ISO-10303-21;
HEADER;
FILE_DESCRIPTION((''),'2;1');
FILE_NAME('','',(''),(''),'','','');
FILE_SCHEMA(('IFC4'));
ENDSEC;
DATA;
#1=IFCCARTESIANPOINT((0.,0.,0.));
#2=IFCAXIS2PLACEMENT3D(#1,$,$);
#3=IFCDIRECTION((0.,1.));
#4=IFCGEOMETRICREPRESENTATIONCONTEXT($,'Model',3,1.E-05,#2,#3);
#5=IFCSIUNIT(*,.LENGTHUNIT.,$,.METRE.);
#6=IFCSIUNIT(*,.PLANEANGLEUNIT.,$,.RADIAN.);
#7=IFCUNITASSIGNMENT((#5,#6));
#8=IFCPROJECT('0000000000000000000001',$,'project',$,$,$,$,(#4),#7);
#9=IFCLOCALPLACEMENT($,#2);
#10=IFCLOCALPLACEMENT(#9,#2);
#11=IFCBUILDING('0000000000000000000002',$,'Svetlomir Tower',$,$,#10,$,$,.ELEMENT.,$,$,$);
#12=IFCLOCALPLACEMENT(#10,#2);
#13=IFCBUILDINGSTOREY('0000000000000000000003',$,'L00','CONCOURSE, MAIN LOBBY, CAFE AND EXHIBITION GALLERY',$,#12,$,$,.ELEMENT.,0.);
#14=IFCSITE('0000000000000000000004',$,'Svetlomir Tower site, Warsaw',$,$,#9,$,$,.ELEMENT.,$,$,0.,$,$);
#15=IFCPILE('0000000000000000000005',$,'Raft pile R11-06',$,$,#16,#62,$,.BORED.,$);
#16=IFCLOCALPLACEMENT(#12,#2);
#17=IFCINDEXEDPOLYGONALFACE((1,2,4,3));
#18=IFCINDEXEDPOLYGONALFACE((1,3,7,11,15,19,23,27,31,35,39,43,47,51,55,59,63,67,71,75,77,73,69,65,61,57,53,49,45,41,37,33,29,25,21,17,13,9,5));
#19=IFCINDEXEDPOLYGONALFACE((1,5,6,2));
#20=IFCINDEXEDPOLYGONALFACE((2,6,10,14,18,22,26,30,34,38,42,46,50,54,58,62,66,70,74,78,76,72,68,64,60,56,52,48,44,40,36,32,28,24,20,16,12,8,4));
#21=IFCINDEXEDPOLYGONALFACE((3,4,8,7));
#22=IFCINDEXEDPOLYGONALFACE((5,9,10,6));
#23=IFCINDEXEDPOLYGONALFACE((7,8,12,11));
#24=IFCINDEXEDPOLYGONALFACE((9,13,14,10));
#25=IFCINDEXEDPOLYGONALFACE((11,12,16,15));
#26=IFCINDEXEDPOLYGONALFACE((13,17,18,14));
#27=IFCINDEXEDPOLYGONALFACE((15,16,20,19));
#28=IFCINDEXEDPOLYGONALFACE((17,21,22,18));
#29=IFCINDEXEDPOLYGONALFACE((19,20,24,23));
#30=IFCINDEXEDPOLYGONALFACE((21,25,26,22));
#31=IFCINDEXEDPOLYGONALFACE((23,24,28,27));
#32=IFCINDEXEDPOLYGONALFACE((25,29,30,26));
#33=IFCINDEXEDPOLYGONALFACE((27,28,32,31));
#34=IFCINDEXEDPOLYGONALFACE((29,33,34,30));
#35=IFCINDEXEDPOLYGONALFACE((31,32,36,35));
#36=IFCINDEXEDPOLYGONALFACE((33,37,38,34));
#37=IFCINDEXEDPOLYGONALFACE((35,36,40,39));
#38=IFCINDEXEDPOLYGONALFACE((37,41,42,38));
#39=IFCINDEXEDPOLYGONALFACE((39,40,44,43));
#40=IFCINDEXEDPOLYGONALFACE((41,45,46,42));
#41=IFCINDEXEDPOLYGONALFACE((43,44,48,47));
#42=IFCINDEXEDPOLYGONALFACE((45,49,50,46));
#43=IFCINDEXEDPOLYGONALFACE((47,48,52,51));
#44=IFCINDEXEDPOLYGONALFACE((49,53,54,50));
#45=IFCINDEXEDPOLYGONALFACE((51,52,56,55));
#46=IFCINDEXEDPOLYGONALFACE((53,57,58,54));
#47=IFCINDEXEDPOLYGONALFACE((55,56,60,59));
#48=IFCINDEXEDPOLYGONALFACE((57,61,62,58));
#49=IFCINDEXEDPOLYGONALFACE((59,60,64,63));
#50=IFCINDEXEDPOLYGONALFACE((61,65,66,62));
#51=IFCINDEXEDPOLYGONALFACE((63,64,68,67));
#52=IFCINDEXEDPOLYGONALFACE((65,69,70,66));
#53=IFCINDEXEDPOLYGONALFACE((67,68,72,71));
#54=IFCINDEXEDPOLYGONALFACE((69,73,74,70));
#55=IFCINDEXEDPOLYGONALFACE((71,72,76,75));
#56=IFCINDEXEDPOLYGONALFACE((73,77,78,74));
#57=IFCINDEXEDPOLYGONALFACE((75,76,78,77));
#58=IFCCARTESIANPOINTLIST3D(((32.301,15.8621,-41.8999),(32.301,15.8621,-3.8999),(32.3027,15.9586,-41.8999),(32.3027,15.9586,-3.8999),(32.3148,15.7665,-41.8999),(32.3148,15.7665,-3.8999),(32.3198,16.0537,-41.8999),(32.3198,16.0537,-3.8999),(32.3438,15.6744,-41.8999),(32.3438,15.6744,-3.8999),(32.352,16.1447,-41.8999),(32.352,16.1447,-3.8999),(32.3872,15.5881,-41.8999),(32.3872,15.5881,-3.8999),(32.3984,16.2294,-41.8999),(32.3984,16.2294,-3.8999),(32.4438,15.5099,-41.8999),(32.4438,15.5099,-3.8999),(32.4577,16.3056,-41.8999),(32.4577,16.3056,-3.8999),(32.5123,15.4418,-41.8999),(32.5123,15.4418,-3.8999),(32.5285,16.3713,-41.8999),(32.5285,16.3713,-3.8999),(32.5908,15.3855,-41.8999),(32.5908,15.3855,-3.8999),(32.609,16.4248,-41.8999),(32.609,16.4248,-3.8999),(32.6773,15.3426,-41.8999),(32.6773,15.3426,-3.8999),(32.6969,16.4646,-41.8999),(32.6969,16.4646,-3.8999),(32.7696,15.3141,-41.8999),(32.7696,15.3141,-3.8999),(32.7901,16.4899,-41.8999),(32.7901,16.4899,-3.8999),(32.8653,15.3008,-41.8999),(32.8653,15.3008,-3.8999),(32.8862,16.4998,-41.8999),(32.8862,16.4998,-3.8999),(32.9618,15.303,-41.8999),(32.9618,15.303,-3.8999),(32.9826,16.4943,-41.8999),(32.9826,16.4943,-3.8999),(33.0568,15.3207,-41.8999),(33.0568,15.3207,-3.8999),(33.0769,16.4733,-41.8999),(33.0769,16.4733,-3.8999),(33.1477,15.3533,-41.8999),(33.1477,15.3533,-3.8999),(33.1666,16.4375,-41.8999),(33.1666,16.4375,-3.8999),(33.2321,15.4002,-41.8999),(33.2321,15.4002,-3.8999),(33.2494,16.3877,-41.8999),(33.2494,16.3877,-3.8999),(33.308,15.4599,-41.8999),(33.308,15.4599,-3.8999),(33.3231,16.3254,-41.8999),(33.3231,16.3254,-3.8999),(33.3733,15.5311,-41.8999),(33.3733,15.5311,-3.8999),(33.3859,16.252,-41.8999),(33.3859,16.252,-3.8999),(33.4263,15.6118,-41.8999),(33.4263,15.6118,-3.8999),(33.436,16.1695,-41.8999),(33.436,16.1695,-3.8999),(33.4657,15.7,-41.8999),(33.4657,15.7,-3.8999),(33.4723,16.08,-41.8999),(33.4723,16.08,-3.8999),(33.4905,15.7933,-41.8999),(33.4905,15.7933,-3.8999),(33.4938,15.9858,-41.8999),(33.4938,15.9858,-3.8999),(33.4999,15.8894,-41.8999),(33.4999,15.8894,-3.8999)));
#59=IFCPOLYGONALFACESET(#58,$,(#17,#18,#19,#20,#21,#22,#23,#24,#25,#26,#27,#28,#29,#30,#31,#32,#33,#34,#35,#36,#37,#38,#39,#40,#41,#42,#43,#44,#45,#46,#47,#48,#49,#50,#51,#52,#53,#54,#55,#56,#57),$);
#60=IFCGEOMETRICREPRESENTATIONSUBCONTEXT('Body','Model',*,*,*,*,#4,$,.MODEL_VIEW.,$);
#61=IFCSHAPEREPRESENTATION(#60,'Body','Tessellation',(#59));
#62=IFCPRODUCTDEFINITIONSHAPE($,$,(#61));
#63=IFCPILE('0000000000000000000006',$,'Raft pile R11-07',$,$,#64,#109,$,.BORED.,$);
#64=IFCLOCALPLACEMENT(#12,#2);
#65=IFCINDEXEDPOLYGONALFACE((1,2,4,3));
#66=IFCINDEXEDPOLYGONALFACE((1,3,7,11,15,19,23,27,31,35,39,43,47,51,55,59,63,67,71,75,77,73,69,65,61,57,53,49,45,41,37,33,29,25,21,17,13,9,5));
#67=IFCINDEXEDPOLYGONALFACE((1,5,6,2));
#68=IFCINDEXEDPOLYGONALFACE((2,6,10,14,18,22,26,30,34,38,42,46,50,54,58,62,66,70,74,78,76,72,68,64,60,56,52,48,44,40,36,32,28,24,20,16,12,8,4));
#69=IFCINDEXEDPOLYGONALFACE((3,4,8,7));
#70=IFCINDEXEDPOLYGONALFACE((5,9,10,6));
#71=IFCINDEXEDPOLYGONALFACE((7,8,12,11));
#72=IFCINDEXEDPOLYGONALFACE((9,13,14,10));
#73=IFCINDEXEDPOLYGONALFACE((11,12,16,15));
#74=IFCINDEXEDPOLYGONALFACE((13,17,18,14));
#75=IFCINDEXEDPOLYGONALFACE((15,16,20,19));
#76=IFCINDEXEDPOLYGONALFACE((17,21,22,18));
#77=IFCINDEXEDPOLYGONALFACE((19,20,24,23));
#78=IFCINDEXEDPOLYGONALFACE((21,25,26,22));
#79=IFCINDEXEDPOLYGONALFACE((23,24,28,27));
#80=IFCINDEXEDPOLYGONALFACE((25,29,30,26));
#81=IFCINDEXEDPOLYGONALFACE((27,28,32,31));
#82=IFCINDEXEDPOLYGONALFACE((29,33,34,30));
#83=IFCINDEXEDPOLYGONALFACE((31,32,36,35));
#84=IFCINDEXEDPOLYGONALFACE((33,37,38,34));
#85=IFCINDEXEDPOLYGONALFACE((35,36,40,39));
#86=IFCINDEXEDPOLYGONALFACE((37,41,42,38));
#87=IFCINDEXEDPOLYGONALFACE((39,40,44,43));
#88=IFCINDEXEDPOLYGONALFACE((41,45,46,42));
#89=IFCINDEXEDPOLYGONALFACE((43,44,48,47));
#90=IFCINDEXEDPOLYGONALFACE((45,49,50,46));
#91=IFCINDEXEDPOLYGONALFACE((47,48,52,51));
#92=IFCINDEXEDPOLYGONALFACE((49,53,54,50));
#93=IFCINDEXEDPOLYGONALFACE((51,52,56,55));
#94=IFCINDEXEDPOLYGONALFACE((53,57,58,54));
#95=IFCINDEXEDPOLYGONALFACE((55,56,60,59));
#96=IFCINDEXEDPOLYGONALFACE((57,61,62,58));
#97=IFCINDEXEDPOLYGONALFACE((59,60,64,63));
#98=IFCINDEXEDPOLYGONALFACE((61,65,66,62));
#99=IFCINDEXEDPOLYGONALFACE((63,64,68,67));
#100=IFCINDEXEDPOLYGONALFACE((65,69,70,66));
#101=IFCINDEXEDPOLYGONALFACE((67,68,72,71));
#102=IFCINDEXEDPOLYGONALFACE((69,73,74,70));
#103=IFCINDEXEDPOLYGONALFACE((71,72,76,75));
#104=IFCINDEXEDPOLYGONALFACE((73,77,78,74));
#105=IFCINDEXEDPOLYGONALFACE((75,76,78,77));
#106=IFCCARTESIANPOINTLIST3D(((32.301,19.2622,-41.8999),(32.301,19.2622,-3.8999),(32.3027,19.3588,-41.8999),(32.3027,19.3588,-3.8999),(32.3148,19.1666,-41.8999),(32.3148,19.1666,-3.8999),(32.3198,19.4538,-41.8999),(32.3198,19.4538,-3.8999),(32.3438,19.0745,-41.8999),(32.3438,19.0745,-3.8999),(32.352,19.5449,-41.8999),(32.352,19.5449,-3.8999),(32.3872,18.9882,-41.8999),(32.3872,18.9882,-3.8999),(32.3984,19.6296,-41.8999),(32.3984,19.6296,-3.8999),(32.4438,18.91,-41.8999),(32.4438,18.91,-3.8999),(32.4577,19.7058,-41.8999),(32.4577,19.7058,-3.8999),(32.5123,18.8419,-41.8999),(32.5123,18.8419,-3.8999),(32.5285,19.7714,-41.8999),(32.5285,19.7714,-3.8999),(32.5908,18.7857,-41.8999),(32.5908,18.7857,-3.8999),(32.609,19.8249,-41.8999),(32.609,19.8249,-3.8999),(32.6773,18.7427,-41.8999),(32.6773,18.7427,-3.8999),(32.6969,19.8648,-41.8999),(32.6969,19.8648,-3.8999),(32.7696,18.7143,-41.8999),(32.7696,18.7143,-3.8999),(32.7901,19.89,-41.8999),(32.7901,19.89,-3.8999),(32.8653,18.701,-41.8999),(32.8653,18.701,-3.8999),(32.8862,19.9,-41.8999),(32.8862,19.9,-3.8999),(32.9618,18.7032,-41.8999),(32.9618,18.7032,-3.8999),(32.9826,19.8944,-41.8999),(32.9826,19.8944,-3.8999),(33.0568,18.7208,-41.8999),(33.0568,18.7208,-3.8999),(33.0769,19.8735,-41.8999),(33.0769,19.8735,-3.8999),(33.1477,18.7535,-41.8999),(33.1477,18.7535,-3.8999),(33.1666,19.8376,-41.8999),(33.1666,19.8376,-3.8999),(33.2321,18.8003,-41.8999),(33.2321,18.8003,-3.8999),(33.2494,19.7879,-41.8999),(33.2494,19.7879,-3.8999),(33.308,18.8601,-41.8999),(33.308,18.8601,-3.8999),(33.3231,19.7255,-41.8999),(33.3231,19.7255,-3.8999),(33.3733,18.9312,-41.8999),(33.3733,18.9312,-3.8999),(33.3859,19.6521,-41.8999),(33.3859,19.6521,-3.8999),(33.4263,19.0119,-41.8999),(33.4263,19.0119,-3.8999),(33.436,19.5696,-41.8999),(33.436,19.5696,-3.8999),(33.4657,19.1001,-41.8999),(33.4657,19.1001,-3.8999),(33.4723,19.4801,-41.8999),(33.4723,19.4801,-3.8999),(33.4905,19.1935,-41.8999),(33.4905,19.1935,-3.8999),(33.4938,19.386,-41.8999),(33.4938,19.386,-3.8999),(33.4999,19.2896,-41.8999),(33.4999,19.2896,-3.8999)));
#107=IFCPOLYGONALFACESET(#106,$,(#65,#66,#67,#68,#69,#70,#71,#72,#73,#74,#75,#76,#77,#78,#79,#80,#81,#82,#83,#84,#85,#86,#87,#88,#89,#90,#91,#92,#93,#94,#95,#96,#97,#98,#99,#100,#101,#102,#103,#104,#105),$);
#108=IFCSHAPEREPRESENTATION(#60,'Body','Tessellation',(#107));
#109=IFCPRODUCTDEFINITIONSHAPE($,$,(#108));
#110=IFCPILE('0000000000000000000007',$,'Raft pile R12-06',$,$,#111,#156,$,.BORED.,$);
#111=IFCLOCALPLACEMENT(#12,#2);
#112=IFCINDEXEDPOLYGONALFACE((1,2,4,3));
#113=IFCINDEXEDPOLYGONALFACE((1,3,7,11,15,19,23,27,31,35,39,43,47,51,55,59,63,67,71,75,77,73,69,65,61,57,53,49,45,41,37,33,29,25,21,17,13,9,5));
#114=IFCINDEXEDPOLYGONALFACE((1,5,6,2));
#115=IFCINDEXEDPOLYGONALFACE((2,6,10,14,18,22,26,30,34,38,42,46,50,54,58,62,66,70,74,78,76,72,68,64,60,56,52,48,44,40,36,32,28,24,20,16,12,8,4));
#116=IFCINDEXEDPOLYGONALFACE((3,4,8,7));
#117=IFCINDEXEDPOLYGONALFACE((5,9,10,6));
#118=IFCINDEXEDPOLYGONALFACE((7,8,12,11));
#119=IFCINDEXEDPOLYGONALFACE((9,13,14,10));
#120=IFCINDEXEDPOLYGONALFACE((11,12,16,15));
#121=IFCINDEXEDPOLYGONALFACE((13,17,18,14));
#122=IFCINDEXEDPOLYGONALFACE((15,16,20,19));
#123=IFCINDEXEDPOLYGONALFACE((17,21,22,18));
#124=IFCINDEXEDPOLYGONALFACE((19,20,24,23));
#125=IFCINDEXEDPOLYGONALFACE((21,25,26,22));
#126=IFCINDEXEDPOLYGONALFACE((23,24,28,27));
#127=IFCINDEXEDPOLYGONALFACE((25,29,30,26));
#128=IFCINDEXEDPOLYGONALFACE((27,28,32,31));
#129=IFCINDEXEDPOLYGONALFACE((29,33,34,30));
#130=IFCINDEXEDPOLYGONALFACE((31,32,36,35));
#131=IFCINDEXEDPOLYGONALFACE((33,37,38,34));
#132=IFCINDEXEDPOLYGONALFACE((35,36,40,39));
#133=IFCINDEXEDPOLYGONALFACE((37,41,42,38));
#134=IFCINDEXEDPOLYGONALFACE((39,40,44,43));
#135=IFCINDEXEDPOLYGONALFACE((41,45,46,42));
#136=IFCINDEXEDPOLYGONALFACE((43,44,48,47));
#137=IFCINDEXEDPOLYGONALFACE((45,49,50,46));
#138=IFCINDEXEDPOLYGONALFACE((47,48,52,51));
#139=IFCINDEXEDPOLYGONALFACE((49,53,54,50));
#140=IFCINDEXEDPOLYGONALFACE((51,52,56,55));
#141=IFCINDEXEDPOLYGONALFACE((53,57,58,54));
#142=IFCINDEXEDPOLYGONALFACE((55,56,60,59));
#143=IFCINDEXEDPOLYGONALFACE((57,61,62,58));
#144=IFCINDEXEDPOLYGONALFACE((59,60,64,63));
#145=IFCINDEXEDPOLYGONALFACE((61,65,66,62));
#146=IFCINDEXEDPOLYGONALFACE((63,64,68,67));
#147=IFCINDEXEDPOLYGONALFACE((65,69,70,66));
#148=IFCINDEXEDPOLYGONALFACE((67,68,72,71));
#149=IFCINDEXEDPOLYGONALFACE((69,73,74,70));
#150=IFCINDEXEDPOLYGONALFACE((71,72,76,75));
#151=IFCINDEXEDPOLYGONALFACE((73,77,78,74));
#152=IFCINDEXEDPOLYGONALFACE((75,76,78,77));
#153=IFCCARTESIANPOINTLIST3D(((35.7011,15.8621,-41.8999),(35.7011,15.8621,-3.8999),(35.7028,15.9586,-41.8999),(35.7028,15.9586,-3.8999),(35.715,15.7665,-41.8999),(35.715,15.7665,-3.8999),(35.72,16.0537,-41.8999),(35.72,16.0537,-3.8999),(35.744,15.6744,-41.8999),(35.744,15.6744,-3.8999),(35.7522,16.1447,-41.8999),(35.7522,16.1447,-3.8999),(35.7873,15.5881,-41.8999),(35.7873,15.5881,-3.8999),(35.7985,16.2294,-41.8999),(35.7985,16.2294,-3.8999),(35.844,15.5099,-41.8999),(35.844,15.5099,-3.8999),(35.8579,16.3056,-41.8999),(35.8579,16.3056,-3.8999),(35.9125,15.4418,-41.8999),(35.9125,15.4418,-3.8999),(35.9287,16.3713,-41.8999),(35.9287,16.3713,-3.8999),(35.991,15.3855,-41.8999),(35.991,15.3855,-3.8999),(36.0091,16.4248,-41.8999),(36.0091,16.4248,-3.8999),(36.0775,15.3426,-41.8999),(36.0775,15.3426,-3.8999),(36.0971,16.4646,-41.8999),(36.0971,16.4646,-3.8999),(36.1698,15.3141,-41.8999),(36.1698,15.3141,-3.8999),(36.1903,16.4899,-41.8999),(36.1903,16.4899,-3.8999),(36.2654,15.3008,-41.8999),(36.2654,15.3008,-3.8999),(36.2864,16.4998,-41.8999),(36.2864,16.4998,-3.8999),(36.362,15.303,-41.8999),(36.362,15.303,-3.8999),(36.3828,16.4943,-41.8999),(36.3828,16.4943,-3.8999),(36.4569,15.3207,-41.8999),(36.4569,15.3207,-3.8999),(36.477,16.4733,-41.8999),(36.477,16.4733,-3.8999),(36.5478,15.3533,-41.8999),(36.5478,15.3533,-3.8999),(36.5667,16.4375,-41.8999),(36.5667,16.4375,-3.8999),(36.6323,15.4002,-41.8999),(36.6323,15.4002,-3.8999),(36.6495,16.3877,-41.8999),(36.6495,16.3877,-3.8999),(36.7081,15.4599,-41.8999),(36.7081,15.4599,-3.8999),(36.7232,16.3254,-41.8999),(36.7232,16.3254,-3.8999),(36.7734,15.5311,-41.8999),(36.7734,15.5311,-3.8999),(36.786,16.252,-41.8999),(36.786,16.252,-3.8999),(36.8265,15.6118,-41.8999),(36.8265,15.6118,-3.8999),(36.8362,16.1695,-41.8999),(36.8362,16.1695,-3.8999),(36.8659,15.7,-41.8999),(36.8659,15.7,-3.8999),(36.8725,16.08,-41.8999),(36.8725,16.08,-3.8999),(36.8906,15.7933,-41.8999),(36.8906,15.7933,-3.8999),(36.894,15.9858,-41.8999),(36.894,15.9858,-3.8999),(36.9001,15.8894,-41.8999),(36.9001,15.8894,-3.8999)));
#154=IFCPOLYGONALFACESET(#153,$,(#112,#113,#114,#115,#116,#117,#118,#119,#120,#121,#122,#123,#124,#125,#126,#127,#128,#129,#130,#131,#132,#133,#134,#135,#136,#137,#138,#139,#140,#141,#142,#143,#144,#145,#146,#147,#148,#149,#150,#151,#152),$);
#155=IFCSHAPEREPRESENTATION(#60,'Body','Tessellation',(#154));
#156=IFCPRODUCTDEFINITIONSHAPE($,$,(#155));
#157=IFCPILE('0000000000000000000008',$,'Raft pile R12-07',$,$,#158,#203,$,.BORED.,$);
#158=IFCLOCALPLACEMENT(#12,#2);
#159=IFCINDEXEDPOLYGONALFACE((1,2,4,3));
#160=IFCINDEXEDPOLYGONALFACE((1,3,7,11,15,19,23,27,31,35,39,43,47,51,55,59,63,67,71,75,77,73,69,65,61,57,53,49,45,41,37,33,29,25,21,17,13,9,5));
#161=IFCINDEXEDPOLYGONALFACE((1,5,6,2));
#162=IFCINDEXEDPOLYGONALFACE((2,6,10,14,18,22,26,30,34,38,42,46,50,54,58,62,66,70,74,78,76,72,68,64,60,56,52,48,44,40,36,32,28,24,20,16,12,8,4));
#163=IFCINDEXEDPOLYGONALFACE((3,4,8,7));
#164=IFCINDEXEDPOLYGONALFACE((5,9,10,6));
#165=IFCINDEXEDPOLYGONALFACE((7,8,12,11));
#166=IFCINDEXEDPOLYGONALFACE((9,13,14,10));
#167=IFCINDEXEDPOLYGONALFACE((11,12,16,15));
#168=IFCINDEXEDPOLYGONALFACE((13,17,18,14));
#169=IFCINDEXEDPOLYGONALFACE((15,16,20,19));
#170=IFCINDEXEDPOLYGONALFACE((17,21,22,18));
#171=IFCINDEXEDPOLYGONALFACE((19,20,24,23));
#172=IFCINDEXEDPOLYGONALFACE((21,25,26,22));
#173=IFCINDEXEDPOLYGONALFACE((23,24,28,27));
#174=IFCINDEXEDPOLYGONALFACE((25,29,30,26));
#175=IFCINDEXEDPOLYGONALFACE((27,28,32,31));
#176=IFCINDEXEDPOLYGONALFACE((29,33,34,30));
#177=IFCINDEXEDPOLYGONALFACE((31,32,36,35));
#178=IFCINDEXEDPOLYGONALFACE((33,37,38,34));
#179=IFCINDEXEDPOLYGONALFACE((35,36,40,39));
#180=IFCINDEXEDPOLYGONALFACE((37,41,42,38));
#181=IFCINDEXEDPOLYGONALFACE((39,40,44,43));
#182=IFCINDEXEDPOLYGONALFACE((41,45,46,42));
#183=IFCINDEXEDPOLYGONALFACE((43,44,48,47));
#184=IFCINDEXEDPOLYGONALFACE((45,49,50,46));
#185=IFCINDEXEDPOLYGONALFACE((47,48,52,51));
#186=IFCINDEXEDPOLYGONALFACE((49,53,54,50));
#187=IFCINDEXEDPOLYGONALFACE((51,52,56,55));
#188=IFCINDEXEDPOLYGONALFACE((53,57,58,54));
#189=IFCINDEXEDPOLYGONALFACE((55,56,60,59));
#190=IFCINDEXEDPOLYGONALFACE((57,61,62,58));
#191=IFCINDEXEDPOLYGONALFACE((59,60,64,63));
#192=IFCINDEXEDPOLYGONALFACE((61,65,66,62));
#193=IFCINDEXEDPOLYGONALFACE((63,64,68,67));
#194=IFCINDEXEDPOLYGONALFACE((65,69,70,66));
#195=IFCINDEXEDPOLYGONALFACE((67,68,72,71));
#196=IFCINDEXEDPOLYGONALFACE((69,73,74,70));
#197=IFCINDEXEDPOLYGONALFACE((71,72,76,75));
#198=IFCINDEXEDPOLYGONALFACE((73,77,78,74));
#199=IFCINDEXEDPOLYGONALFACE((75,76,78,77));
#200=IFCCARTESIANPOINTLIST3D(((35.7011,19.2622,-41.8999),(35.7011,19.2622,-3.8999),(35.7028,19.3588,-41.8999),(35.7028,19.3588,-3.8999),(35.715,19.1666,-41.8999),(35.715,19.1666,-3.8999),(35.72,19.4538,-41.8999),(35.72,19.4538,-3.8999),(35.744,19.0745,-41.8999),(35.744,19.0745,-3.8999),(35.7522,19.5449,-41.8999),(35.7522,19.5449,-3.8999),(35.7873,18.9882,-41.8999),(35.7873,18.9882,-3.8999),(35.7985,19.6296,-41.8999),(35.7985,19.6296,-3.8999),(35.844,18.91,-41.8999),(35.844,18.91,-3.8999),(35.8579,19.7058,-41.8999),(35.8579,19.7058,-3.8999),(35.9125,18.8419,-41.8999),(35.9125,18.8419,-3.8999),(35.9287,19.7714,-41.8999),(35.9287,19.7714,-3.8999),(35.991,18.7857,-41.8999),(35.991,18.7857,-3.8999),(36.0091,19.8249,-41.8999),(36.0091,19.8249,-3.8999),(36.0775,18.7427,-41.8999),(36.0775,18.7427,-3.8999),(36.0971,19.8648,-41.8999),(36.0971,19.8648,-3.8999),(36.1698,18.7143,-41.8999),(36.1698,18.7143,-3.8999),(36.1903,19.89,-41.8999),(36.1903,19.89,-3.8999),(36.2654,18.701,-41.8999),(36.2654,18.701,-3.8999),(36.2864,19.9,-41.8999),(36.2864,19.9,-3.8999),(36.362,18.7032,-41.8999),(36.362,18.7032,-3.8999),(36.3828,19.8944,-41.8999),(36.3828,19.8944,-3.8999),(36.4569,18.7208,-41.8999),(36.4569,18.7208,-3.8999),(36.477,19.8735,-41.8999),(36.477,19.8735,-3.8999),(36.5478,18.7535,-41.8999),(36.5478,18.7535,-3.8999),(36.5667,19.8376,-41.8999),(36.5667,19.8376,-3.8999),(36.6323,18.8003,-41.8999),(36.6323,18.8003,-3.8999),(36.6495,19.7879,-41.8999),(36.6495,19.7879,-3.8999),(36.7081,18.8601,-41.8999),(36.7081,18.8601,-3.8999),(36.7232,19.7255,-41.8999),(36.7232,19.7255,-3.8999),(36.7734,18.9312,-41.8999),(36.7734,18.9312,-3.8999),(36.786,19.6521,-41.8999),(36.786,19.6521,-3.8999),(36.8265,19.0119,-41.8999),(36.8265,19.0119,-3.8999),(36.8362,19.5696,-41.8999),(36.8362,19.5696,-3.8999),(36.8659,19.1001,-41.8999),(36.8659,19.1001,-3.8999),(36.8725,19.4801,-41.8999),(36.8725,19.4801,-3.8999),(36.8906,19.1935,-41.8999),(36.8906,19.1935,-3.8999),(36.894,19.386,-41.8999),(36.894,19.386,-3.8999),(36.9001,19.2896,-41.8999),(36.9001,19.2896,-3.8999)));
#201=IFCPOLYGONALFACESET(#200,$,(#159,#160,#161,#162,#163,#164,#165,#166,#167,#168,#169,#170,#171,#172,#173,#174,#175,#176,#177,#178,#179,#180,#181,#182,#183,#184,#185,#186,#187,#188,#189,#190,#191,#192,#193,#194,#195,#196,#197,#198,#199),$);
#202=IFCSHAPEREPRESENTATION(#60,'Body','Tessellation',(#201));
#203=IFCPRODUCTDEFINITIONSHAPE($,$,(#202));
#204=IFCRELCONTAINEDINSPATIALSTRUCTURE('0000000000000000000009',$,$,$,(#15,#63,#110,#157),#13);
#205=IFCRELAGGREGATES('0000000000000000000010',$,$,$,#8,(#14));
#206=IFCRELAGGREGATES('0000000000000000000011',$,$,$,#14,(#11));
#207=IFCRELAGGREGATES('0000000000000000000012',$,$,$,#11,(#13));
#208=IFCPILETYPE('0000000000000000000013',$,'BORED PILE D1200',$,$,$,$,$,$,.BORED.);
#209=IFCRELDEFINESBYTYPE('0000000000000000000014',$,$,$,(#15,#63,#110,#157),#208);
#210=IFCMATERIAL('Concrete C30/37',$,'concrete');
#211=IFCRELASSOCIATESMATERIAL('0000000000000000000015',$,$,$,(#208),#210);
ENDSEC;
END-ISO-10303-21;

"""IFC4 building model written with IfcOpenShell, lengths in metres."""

from ifc_helpers import new_model, si_unit, direction, frame, frame_2d, origin, origin_2d, place, context, subcontext, project, spatial, circle, extrude, material, material_profile, profile_set, type_object, element, save


model = new_model("IFC4")

# Units and contexts
model_context = context("Model", 3, precision=1e-05, world=origin(), true_north=direction((0.0, 1.0)))
body_context = subcontext(model_context, "Body", "Model", "MODEL_VIEW")
ifc_project = project(units=[si_unit("LENGTHUNIT", "METRE"), si_unit("PLANEANGLEUNIT", "RADIAN")], contexts=[model_context])

# Site, building, storey
site_placement = place(None, origin())
site = spatial("IfcSite", under=ifc_project, at=site_placement, Name="Svetlomir Tower site, Warsaw", CompositionType="ELEMENT", RefElevation=0.0)
building_placement = place(site_placement, origin())
building = spatial("IfcBuilding", under=site, at=building_placement, Name="Svetlomir Tower", CompositionType="ELEMENT")
storey_placement = place(building_placement, origin())
storey = spatial("IfcBuildingStorey", under=building, at=storey_placement, Name="L00", Description="CONCOURSE, MAIN LOBBY, CAFE AND EXHIBITION GALLERY", CompositionType="ELEMENT", Elevation=0.0)

# Piles
ifc_material_1 = material(Name="Concrete C30/37", Category="concrete")
ifc_material_profile_1 = material_profile(ifc_material_1, circle(Radius=0.6001, at=origin_2d()), Name="D1200")
ifc_profile_set_1 = profile_set([ifc_material_profile_1], Name="Concrete C30/37")
pile_type = type_object("IfcPileType", Name="BORED PILE D1200", PredefinedType="BORED", material=ifc_profile_set_1)
for number, where, z_axis, x_axis, name in (
    (1, (32.8999, 15.8999, -3.8999), (0.0, 0.0, -1.0), (1.0, 0.0, 0.0), "Raft pile R11-06"),
    (2, (32.8999, 19.3, -3.8999), (0.0, 0.0, -1.0), (1.0, 0.0, 0.0), "Raft pile R11-07"),
    (3, (36.3, 15.8999, -3.8999), (0.0, 0.0, -1.0), (1.0, 0.0, 0.0), "Raft pile R12-06"),
    (4, (36.3, 19.3, -3.8999), (0.0, 0.0, -1.0), (1.0, 0.0, 0.0), "Raft pile R12-07"),
):
    element("IfcPile", number, at=place(storey_placement, frame(where, z_axis=z_axis, x_axis=x_axis)), inside=storey, type_object=pile_type, Name=name, PredefinedType="BORED", context=body_context, shape_type="SweptSolid", body=[
        extrude(circle(Radius=0.6001, at=frame_2d((0.0, 0.0), x_axis=(0.999848, 0.017452))), origin(), (0.0, 0.0, 1.0), 38.0),
    ])

save(model, "model.ifc")
